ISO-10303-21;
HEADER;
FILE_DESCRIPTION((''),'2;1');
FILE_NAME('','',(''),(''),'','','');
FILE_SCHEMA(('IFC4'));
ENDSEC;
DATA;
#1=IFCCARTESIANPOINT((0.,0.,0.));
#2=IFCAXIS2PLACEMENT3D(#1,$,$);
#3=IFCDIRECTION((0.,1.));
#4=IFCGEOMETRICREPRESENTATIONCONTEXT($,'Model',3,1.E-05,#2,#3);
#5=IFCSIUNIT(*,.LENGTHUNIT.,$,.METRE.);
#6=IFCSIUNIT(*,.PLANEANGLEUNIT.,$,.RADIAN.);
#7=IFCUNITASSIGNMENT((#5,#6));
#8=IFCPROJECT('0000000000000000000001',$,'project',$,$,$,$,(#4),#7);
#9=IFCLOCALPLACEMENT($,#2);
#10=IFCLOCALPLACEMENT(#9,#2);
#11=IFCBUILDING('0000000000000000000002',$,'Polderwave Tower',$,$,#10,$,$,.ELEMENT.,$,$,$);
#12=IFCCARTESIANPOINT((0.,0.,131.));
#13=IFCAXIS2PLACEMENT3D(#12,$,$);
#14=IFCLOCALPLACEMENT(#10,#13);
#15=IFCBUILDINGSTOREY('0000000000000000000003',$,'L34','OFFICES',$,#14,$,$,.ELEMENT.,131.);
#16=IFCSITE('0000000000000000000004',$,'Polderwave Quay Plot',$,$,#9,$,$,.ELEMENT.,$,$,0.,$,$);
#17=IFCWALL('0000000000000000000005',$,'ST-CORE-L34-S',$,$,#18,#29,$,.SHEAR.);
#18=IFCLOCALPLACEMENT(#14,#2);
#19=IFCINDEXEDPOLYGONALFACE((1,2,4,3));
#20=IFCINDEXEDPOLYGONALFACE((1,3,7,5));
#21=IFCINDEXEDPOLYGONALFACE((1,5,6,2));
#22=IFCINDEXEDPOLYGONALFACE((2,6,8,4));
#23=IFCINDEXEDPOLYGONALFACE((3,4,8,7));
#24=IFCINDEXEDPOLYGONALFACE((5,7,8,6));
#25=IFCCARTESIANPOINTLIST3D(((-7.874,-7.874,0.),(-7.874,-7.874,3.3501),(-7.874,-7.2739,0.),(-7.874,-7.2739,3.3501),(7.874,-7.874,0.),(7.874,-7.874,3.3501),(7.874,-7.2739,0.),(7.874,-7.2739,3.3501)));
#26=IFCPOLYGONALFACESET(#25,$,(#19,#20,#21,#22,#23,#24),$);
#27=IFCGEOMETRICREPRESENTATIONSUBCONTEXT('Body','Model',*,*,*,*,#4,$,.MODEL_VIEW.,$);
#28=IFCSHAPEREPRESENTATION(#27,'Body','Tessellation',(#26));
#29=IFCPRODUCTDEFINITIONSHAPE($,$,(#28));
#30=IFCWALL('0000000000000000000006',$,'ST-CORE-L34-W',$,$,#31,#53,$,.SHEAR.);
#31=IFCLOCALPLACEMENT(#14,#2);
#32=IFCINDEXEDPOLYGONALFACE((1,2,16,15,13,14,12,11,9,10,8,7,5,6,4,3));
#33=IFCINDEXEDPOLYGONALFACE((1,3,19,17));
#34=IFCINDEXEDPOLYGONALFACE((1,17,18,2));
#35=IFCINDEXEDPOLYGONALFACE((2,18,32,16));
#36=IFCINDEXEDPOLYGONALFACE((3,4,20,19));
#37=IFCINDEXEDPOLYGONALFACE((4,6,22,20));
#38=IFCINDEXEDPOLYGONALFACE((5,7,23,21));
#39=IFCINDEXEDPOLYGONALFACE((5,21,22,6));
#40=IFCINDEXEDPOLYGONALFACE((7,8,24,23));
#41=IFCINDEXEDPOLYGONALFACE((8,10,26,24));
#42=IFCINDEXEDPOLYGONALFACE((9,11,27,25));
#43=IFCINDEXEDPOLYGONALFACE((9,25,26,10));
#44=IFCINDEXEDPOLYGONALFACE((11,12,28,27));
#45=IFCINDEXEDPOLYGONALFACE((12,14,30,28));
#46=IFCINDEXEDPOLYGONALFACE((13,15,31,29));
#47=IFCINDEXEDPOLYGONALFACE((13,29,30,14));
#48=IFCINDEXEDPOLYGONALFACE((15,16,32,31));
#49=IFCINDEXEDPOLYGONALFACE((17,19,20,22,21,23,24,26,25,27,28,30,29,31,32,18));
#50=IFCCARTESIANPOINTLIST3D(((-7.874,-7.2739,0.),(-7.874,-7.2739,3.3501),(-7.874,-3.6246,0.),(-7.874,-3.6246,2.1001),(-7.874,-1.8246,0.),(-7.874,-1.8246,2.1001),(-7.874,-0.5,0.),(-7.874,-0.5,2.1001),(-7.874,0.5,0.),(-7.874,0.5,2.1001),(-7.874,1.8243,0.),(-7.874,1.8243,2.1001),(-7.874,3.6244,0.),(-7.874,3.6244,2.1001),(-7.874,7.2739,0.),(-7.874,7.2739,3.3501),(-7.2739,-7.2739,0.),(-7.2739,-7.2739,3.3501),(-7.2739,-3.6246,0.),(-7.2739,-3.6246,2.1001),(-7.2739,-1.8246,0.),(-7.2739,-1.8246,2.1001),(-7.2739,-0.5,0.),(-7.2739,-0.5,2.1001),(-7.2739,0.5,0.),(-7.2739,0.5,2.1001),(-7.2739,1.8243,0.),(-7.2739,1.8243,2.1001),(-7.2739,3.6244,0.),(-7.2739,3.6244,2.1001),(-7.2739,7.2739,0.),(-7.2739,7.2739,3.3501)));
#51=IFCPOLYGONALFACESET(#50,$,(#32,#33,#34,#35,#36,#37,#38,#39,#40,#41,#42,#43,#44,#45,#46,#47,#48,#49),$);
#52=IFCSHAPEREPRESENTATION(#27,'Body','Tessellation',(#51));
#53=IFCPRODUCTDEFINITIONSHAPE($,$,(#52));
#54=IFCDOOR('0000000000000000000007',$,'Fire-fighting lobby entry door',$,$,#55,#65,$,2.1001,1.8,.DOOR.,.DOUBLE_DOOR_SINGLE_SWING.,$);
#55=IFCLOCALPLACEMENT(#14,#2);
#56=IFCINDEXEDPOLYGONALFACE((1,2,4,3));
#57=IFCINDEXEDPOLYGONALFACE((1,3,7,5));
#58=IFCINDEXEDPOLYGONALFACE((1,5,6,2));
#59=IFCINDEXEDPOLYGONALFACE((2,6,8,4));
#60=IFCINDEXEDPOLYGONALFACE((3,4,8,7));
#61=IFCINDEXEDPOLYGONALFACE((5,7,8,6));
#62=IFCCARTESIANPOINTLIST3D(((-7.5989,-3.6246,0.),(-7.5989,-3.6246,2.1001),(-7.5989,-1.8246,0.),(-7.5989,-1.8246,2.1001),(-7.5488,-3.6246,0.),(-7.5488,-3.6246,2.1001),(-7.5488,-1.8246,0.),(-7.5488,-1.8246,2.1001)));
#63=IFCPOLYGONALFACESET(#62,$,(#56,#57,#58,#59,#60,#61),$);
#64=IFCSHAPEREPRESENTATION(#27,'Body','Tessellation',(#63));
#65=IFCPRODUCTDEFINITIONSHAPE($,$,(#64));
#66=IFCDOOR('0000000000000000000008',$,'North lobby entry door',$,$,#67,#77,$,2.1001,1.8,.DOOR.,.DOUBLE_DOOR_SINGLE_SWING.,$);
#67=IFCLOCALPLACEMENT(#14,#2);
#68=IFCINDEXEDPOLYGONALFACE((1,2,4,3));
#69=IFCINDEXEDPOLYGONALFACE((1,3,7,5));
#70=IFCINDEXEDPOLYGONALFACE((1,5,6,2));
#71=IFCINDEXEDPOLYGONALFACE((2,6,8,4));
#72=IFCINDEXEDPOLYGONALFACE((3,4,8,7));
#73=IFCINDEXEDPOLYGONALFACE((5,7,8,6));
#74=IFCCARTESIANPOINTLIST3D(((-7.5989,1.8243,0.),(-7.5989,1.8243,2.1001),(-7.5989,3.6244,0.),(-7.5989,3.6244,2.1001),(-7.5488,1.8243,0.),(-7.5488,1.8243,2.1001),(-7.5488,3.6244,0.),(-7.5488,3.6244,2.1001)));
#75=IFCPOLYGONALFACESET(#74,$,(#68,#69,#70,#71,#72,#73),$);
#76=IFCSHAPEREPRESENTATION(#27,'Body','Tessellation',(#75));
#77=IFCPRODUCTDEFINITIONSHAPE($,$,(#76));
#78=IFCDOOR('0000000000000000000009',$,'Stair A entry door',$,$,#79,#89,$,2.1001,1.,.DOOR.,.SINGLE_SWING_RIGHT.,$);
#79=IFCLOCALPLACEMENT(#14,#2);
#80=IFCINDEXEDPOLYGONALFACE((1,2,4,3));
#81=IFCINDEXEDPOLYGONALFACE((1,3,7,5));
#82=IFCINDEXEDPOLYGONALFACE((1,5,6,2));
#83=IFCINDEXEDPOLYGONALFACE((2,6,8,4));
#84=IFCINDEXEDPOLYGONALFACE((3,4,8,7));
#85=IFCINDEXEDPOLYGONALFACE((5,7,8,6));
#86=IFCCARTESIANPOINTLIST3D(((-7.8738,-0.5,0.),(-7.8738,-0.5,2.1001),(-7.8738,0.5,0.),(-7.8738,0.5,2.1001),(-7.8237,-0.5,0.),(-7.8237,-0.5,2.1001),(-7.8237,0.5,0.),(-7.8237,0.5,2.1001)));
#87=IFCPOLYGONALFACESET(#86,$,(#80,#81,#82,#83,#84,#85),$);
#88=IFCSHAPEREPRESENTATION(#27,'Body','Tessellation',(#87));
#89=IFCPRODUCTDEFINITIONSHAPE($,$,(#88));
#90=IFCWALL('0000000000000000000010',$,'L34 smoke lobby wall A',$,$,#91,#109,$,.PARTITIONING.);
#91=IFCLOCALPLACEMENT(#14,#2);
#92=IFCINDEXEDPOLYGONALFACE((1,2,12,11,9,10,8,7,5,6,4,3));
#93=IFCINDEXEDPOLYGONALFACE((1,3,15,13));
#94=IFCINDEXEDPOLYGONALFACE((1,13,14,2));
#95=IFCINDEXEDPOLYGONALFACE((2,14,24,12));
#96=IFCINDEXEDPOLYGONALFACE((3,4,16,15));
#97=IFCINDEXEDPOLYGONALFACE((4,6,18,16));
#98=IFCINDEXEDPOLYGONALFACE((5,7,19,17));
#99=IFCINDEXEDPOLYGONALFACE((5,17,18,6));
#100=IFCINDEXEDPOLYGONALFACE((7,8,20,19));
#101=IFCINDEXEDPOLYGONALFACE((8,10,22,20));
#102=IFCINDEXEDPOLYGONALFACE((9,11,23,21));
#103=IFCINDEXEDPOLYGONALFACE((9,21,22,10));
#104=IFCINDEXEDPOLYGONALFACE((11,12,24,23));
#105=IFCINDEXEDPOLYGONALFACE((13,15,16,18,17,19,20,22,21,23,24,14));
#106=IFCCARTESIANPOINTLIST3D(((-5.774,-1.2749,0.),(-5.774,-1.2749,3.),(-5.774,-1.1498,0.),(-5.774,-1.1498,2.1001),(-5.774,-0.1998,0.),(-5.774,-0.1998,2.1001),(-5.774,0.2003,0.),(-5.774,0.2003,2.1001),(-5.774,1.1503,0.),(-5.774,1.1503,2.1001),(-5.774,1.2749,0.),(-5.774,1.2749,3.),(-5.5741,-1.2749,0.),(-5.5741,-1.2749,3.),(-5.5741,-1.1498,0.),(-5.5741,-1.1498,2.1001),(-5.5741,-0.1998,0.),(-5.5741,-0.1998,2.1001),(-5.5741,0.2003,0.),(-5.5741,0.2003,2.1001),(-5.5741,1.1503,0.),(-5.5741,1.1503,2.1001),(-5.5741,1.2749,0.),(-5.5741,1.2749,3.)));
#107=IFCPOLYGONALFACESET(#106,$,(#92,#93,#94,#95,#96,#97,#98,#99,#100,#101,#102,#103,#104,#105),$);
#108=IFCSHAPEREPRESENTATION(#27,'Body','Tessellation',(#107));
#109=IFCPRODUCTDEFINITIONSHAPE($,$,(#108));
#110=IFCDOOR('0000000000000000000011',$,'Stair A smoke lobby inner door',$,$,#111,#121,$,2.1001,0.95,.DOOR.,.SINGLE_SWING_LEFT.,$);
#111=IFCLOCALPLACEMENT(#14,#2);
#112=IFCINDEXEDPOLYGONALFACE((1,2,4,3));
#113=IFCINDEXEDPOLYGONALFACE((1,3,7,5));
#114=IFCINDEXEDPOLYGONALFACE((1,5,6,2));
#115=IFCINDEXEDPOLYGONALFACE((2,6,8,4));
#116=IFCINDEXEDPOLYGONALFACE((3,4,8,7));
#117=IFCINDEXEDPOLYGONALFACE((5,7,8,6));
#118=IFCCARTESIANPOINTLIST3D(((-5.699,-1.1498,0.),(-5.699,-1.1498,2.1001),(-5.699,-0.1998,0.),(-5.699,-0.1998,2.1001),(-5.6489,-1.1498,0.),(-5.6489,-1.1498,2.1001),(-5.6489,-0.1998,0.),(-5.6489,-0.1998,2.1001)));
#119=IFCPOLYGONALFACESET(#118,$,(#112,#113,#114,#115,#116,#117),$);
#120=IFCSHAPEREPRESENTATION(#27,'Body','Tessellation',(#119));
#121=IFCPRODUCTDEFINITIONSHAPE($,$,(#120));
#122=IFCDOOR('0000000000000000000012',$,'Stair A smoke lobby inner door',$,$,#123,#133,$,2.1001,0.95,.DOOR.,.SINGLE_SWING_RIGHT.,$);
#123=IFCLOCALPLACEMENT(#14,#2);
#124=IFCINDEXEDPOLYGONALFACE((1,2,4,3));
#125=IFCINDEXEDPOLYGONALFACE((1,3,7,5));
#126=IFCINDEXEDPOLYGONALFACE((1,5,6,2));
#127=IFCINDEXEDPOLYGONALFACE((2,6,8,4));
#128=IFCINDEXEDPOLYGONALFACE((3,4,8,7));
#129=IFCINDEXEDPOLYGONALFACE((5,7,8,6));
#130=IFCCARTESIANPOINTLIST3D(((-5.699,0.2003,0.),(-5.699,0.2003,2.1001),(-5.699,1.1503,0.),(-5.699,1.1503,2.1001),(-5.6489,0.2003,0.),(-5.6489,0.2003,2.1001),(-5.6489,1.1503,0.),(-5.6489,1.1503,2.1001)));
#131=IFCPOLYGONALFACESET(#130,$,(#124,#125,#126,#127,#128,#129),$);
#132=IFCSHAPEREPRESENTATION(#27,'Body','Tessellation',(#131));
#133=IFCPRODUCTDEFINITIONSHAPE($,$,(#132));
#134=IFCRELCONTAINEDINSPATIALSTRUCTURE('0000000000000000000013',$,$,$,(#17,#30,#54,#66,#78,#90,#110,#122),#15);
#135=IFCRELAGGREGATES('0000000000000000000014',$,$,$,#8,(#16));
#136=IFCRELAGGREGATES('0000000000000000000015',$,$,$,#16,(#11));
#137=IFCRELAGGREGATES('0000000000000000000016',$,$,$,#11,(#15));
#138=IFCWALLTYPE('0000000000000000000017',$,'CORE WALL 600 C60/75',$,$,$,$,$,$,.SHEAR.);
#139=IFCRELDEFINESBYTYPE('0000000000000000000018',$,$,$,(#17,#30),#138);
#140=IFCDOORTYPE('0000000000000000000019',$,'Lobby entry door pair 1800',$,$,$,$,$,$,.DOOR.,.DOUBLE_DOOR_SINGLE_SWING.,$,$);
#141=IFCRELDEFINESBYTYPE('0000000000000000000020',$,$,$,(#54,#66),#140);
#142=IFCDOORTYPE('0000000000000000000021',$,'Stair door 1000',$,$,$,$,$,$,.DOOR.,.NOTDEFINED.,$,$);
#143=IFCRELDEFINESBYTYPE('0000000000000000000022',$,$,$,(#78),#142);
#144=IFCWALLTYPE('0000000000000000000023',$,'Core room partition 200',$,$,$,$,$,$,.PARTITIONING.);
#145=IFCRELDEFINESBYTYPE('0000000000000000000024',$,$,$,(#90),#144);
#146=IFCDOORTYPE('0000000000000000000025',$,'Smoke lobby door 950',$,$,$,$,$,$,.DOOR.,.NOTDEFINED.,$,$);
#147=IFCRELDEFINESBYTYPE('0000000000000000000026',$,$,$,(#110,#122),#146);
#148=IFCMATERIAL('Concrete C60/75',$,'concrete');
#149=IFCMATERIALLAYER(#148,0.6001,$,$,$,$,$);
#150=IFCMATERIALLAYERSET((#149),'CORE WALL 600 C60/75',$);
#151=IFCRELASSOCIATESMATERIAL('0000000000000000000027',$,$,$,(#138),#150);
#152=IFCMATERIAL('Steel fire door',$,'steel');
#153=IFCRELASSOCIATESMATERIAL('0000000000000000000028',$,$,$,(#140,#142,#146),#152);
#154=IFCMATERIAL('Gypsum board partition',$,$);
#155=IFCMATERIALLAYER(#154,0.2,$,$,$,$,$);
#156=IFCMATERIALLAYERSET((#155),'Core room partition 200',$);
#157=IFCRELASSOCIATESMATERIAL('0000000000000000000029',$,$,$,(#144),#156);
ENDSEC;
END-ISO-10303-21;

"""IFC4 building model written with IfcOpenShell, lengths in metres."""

from ifc_helpers import new_model, si_unit, direction, frame, frame_2d, origin, place, context, subcontext, project, spatial, rectangle, extrude, material, layer, layer_set, type_object, element, fill, save


model = new_model("IFC4")

# Units and contexts
model_context = context("Model", 3, precision=1e-05, world=origin(), true_north=direction((0.0, 1.0)))
body_context = subcontext(model_context, "Body", "Model", "MODEL_VIEW")
ifc_project = project(units=[si_unit("LENGTHUNIT", "METRE"), si_unit("PLANEANGLEUNIT", "RADIAN")], contexts=[model_context])

# Site, building, storey
site_placement = place(None, origin())
site = spatial("IfcSite", under=ifc_project, at=site_placement, Name="Polderwave Quay Plot", CompositionType="ELEMENT", RefElevation=0.0)
building_placement = place(site_placement, origin())
building = spatial("IfcBuilding", under=site, at=building_placement, Name="Polderwave Tower", CompositionType="ELEMENT")
storey_placement = place(building_placement, frame((0.0, 0.0, 131.0)))
storey = spatial("IfcBuildingStorey", under=building, at=storey_placement, Name="L34", Description="OFFICES", CompositionType="ELEMENT", Elevation=131.0)

# Wall
ifc_material_1 = material(Name="Concrete C60/75", Category="concrete")
ifc_layer_1 = layer(ifc_material_1, 0.6001)
ifc_layer_set_1 = layer_set([ifc_layer_1], Name="CORE WALL 600 C60/75")
wall_type_1 = type_object("IfcWallType", Name="CORE WALL 600 C60/75", PredefinedType="SHEAR", material=ifc_layer_set_1)
wall_1_placement = place(storey_placement, frame((-7.874, -7.574, 0.0), z_axis=(0.0, 0.0, 1.0), x_axis=(1.0, 0.0, 0.0)))
element("IfcWall", 1, at=wall_1_placement, inside=storey, type_object=wall_type_1, Name="ST-CORE-L34-S", PredefinedType="SHEAR", context=body_context, shape_type="SweptSolid", body=[
    extrude(rectangle(XDim=15.748, YDim=0.6001, at=frame_2d((7.874, 0.0))), origin(), (0.0, 0.0, 1.0), 3.3501),
])

# Walls, openings, doors
wall_2_placement = place(storey_placement, frame((-7.574, -7.2739, 0.0), z_axis=(0.0, 0.0, 1.0), x_axis=(0.0, 1.0, 0.0)))
wall_2 = element("IfcWall", 2, at=wall_2_placement, inside=storey, type_object=wall_type_1, Name="ST-CORE-L34-W", PredefinedType="SHEAR", context=body_context, shape_type="SweptSolid", body=[
    extrude(rectangle(XDim=14.5479, YDim=0.6001, at=frame_2d((7.2739, 0.0))), origin(), (0.0, 0.0, 1.0), 3.3501),
])
opening_1_placement = place(wall_2_placement, frame((6.7739, 0.0, 0.0)))
opening_1 = element("IfcOpeningElement", 3, at=opening_1_placement, cuts=wall_2, PredefinedType="OPENING", context=body_context, shape_type="SweptSolid", body=[
    extrude(rectangle(XDim=1.0, YDim=2.1001, at=frame_2d((0.5, 1.05))), frame((0.0, 0.3101, 0.0), z_axis=(0.0, -1.0, 0.0), x_axis=(1.0, 0.0, 0.0)), (0.0, 0.0, 1.0), 0.6201),
])
opening_2_placement = place(wall_2_placement, frame((3.6494, 0.0, 0.0)))
opening_2 = element("IfcOpeningElement", 4, at=opening_2_placement, cuts=wall_2, PredefinedType="OPENING", context=body_context, shape_type="SweptSolid", body=[
    extrude(rectangle(XDim=1.8, YDim=2.1001, at=frame_2d((0.8999, 1.05))), frame((0.0, 0.3101, 0.0), z_axis=(0.0, -1.0, 0.0), x_axis=(1.0, 0.0, 0.0)), (0.0, 0.0, 1.0), 0.6201),
])
opening_3_placement = place(wall_2_placement, frame((9.0984, 0.0, 0.0)))
opening_3 = element("IfcOpeningElement", 5, at=opening_3_placement, cuts=wall_2, PredefinedType="OPENING", context=body_context, shape_type="SweptSolid", body=[
    extrude(rectangle(XDim=1.8, YDim=2.1001, at=frame_2d((0.8999, 1.05))), frame((0.0, 0.3101, 0.0), z_axis=(0.0, -1.0, 0.0), x_axis=(1.0, 0.0, 0.0)), (0.0, 0.0, 1.0), 0.6201),
])
ifc_material_2 = material(Name="Steel fire door", Category="steel")
door_type_1 = type_object("IfcDoorType", Name="Lobby entry door pair 1800", OperationType="DOUBLE_DOOR_SINGLE_SWING", PredefinedType="DOOR", material=ifc_material_2)
door_1_placement = place(opening_2_placement, origin())
door_1 = element("IfcDoor", 6, at=door_1_placement, inside=storey, type_object=door_type_1, Name="Fire-fighting lobby entry door", OperationType="DOUBLE_DOOR_SINGLE_SWING", OverallHeight=2.1001, OverallWidth=1.8, PredefinedType="DOOR", context=body_context, shape_type="SweptSolid", body=[
    extrude(rectangle(XDim=1.8, YDim=2.1001, at=frame_2d((0.8999, 1.05))), frame((0.0, 0.0249, 0.0), z_axis=(0.0, -1.0, 0.0), x_axis=(1.0, 0.0, 0.0)), (0.0, 0.0, 1.0), 0.05),
])
fill(opening_2, door_1)
door_2_placement = place(opening_3_placement, origin())
door_2 = element("IfcDoor", 7, at=door_2_placement, inside=storey, type_object=door_type_1, Name="North lobby entry door", OperationType="DOUBLE_DOOR_SINGLE_SWING", OverallHeight=2.1001, OverallWidth=1.8, PredefinedType="DOOR", context=body_context, shape_type="SweptSolid", body=[
    extrude(rectangle(XDim=1.8, YDim=2.1001, at=frame_2d((0.8999, 1.05))), frame((0.0, 0.0249, 0.0), z_axis=(0.0, -1.0, 0.0), x_axis=(1.0, 0.0, 0.0)), (0.0, 0.0, 1.0), 0.05),
])
fill(opening_3, door_2)
door_type_2 = type_object("IfcDoorType", Name="Stair door 1000", OperationType="NOTDEFINED", PredefinedType="DOOR", material=ifc_material_2)
door_3_placement = place(opening_1_placement, origin())
door_3 = element("IfcDoor", 8, at=door_3_placement, inside=storey, type_object=door_type_2, Name="Stair A entry door", OperationType="SINGLE_SWING_RIGHT", OverallHeight=2.1001, OverallWidth=1.0, PredefinedType="DOOR", context=body_context, shape_type="SweptSolid", body=[
    extrude(rectangle(XDim=1.0, YDim=2.1001, at=frame_2d((0.5, 1.05))), frame((0.0, 0.2998, 0.0), z_axis=(0.0, -1.0, 0.0), x_axis=(1.0, 0.0, 0.0)), (0.0, 0.0, 1.0), 0.05),
])
fill(opening_1, door_3)
ifc_material_3 = material(Name="Gypsum board partition")
ifc_layer_2 = layer(ifc_material_3, 0.2)
ifc_layer_set_2 = layer_set([ifc_layer_2], Name="Core room partition 200")
wall_type_2 = type_object("IfcWallType", Name="Core room partition 200", PredefinedType="PARTITIONING", material=ifc_layer_set_2)
wall_3_placement = place(storey_placement, frame((-5.6741, -1.2749, 0.0), z_axis=(0.0, 0.0, 1.0), x_axis=(0.0, 1.0, 0.0)))
wall_3 = element("IfcWall", 9, at=wall_3_placement, inside=storey, type_object=wall_type_2, Name="L34 smoke lobby wall A", PredefinedType="PARTITIONING", context=body_context, shape_type="SweptSolid", body=[
    extrude(rectangle(XDim=2.5498, YDim=0.2, at=frame_2d((1.2749, 0.0))), origin(), (0.0, 0.0, 1.0), 3.0),
])
opening_4_placement = place(wall_3_placement, frame((0.125, 0.0, 0.0)))
opening_4 = element("IfcOpeningElement", 10, at=opening_4_placement, cuts=wall_3, PredefinedType="OPENING", context=body_context, shape_type="SweptSolid", body=[
    extrude(rectangle(XDim=0.95, YDim=2.1001, at=frame_2d((0.4751, 1.05))), frame((0.0, 0.1099, 0.0), z_axis=(0.0, -1.0, 0.0), x_axis=(1.0, 0.0, 0.0)), (0.0, 0.0, 1.0), 0.22),
])
opening_5_placement = place(wall_3_placement, frame((1.4751, 0.0, 0.0)))
opening_5 = element("IfcOpeningElement", 11, at=opening_5_placement, cuts=wall_3, PredefinedType="OPENING", context=body_context, shape_type="SweptSolid", body=[
    extrude(rectangle(XDim=0.95, YDim=2.1001, at=frame_2d((0.4751, 1.05))), frame((0.0, 0.1099, 0.0), z_axis=(0.0, -1.0, 0.0), x_axis=(1.0, 0.0, 0.0)), (0.0, 0.0, 1.0), 0.22),
])
door_type_3 = type_object("IfcDoorType", Name="Smoke lobby door 950", OperationType="NOTDEFINED", PredefinedType="DOOR", material=ifc_material_2)
door_4_placement = place(opening_4_placement, origin())
door_4 = element("IfcDoor", 12, at=door_4_placement, inside=storey, type_object=door_type_3, Name="Stair A smoke lobby inner door", OperationType="SINGLE_SWING_LEFT", OverallHeight=2.1001, OverallWidth=0.95, PredefinedType="DOOR", context=body_context, shape_type="SweptSolid", body=[
    extrude(rectangle(XDim=0.95, YDim=2.1001, at=frame_2d((0.4751, 1.05))), frame((0.0, 0.0249, 0.0), z_axis=(0.0, -1.0, 0.0), x_axis=(1.0, 0.0, 0.0)), (0.0, 0.0, 1.0), 0.05),
])
fill(opening_4, door_4)
door_5_placement = place(opening_5_placement, origin())
door_5 = element("IfcDoor", 13, at=door_5_placement, inside=storey, type_object=door_type_3, Name="Stair A smoke lobby inner door", OperationType="SINGLE_SWING_RIGHT", OverallHeight=2.1001, OverallWidth=0.95, PredefinedType="DOOR", context=body_context, shape_type="SweptSolid", body=[
    extrude(rectangle(XDim=0.95, YDim=2.1001, at=frame_2d((0.4751, 1.05))), frame((0.0, 0.0249, 0.0), z_axis=(0.0, -1.0, 0.0), x_axis=(1.0, 0.0, 0.0)), (0.0, 0.0, 1.0), 0.05),
])
fill(opening_5, door_5)

save(model, "model.ifc")
